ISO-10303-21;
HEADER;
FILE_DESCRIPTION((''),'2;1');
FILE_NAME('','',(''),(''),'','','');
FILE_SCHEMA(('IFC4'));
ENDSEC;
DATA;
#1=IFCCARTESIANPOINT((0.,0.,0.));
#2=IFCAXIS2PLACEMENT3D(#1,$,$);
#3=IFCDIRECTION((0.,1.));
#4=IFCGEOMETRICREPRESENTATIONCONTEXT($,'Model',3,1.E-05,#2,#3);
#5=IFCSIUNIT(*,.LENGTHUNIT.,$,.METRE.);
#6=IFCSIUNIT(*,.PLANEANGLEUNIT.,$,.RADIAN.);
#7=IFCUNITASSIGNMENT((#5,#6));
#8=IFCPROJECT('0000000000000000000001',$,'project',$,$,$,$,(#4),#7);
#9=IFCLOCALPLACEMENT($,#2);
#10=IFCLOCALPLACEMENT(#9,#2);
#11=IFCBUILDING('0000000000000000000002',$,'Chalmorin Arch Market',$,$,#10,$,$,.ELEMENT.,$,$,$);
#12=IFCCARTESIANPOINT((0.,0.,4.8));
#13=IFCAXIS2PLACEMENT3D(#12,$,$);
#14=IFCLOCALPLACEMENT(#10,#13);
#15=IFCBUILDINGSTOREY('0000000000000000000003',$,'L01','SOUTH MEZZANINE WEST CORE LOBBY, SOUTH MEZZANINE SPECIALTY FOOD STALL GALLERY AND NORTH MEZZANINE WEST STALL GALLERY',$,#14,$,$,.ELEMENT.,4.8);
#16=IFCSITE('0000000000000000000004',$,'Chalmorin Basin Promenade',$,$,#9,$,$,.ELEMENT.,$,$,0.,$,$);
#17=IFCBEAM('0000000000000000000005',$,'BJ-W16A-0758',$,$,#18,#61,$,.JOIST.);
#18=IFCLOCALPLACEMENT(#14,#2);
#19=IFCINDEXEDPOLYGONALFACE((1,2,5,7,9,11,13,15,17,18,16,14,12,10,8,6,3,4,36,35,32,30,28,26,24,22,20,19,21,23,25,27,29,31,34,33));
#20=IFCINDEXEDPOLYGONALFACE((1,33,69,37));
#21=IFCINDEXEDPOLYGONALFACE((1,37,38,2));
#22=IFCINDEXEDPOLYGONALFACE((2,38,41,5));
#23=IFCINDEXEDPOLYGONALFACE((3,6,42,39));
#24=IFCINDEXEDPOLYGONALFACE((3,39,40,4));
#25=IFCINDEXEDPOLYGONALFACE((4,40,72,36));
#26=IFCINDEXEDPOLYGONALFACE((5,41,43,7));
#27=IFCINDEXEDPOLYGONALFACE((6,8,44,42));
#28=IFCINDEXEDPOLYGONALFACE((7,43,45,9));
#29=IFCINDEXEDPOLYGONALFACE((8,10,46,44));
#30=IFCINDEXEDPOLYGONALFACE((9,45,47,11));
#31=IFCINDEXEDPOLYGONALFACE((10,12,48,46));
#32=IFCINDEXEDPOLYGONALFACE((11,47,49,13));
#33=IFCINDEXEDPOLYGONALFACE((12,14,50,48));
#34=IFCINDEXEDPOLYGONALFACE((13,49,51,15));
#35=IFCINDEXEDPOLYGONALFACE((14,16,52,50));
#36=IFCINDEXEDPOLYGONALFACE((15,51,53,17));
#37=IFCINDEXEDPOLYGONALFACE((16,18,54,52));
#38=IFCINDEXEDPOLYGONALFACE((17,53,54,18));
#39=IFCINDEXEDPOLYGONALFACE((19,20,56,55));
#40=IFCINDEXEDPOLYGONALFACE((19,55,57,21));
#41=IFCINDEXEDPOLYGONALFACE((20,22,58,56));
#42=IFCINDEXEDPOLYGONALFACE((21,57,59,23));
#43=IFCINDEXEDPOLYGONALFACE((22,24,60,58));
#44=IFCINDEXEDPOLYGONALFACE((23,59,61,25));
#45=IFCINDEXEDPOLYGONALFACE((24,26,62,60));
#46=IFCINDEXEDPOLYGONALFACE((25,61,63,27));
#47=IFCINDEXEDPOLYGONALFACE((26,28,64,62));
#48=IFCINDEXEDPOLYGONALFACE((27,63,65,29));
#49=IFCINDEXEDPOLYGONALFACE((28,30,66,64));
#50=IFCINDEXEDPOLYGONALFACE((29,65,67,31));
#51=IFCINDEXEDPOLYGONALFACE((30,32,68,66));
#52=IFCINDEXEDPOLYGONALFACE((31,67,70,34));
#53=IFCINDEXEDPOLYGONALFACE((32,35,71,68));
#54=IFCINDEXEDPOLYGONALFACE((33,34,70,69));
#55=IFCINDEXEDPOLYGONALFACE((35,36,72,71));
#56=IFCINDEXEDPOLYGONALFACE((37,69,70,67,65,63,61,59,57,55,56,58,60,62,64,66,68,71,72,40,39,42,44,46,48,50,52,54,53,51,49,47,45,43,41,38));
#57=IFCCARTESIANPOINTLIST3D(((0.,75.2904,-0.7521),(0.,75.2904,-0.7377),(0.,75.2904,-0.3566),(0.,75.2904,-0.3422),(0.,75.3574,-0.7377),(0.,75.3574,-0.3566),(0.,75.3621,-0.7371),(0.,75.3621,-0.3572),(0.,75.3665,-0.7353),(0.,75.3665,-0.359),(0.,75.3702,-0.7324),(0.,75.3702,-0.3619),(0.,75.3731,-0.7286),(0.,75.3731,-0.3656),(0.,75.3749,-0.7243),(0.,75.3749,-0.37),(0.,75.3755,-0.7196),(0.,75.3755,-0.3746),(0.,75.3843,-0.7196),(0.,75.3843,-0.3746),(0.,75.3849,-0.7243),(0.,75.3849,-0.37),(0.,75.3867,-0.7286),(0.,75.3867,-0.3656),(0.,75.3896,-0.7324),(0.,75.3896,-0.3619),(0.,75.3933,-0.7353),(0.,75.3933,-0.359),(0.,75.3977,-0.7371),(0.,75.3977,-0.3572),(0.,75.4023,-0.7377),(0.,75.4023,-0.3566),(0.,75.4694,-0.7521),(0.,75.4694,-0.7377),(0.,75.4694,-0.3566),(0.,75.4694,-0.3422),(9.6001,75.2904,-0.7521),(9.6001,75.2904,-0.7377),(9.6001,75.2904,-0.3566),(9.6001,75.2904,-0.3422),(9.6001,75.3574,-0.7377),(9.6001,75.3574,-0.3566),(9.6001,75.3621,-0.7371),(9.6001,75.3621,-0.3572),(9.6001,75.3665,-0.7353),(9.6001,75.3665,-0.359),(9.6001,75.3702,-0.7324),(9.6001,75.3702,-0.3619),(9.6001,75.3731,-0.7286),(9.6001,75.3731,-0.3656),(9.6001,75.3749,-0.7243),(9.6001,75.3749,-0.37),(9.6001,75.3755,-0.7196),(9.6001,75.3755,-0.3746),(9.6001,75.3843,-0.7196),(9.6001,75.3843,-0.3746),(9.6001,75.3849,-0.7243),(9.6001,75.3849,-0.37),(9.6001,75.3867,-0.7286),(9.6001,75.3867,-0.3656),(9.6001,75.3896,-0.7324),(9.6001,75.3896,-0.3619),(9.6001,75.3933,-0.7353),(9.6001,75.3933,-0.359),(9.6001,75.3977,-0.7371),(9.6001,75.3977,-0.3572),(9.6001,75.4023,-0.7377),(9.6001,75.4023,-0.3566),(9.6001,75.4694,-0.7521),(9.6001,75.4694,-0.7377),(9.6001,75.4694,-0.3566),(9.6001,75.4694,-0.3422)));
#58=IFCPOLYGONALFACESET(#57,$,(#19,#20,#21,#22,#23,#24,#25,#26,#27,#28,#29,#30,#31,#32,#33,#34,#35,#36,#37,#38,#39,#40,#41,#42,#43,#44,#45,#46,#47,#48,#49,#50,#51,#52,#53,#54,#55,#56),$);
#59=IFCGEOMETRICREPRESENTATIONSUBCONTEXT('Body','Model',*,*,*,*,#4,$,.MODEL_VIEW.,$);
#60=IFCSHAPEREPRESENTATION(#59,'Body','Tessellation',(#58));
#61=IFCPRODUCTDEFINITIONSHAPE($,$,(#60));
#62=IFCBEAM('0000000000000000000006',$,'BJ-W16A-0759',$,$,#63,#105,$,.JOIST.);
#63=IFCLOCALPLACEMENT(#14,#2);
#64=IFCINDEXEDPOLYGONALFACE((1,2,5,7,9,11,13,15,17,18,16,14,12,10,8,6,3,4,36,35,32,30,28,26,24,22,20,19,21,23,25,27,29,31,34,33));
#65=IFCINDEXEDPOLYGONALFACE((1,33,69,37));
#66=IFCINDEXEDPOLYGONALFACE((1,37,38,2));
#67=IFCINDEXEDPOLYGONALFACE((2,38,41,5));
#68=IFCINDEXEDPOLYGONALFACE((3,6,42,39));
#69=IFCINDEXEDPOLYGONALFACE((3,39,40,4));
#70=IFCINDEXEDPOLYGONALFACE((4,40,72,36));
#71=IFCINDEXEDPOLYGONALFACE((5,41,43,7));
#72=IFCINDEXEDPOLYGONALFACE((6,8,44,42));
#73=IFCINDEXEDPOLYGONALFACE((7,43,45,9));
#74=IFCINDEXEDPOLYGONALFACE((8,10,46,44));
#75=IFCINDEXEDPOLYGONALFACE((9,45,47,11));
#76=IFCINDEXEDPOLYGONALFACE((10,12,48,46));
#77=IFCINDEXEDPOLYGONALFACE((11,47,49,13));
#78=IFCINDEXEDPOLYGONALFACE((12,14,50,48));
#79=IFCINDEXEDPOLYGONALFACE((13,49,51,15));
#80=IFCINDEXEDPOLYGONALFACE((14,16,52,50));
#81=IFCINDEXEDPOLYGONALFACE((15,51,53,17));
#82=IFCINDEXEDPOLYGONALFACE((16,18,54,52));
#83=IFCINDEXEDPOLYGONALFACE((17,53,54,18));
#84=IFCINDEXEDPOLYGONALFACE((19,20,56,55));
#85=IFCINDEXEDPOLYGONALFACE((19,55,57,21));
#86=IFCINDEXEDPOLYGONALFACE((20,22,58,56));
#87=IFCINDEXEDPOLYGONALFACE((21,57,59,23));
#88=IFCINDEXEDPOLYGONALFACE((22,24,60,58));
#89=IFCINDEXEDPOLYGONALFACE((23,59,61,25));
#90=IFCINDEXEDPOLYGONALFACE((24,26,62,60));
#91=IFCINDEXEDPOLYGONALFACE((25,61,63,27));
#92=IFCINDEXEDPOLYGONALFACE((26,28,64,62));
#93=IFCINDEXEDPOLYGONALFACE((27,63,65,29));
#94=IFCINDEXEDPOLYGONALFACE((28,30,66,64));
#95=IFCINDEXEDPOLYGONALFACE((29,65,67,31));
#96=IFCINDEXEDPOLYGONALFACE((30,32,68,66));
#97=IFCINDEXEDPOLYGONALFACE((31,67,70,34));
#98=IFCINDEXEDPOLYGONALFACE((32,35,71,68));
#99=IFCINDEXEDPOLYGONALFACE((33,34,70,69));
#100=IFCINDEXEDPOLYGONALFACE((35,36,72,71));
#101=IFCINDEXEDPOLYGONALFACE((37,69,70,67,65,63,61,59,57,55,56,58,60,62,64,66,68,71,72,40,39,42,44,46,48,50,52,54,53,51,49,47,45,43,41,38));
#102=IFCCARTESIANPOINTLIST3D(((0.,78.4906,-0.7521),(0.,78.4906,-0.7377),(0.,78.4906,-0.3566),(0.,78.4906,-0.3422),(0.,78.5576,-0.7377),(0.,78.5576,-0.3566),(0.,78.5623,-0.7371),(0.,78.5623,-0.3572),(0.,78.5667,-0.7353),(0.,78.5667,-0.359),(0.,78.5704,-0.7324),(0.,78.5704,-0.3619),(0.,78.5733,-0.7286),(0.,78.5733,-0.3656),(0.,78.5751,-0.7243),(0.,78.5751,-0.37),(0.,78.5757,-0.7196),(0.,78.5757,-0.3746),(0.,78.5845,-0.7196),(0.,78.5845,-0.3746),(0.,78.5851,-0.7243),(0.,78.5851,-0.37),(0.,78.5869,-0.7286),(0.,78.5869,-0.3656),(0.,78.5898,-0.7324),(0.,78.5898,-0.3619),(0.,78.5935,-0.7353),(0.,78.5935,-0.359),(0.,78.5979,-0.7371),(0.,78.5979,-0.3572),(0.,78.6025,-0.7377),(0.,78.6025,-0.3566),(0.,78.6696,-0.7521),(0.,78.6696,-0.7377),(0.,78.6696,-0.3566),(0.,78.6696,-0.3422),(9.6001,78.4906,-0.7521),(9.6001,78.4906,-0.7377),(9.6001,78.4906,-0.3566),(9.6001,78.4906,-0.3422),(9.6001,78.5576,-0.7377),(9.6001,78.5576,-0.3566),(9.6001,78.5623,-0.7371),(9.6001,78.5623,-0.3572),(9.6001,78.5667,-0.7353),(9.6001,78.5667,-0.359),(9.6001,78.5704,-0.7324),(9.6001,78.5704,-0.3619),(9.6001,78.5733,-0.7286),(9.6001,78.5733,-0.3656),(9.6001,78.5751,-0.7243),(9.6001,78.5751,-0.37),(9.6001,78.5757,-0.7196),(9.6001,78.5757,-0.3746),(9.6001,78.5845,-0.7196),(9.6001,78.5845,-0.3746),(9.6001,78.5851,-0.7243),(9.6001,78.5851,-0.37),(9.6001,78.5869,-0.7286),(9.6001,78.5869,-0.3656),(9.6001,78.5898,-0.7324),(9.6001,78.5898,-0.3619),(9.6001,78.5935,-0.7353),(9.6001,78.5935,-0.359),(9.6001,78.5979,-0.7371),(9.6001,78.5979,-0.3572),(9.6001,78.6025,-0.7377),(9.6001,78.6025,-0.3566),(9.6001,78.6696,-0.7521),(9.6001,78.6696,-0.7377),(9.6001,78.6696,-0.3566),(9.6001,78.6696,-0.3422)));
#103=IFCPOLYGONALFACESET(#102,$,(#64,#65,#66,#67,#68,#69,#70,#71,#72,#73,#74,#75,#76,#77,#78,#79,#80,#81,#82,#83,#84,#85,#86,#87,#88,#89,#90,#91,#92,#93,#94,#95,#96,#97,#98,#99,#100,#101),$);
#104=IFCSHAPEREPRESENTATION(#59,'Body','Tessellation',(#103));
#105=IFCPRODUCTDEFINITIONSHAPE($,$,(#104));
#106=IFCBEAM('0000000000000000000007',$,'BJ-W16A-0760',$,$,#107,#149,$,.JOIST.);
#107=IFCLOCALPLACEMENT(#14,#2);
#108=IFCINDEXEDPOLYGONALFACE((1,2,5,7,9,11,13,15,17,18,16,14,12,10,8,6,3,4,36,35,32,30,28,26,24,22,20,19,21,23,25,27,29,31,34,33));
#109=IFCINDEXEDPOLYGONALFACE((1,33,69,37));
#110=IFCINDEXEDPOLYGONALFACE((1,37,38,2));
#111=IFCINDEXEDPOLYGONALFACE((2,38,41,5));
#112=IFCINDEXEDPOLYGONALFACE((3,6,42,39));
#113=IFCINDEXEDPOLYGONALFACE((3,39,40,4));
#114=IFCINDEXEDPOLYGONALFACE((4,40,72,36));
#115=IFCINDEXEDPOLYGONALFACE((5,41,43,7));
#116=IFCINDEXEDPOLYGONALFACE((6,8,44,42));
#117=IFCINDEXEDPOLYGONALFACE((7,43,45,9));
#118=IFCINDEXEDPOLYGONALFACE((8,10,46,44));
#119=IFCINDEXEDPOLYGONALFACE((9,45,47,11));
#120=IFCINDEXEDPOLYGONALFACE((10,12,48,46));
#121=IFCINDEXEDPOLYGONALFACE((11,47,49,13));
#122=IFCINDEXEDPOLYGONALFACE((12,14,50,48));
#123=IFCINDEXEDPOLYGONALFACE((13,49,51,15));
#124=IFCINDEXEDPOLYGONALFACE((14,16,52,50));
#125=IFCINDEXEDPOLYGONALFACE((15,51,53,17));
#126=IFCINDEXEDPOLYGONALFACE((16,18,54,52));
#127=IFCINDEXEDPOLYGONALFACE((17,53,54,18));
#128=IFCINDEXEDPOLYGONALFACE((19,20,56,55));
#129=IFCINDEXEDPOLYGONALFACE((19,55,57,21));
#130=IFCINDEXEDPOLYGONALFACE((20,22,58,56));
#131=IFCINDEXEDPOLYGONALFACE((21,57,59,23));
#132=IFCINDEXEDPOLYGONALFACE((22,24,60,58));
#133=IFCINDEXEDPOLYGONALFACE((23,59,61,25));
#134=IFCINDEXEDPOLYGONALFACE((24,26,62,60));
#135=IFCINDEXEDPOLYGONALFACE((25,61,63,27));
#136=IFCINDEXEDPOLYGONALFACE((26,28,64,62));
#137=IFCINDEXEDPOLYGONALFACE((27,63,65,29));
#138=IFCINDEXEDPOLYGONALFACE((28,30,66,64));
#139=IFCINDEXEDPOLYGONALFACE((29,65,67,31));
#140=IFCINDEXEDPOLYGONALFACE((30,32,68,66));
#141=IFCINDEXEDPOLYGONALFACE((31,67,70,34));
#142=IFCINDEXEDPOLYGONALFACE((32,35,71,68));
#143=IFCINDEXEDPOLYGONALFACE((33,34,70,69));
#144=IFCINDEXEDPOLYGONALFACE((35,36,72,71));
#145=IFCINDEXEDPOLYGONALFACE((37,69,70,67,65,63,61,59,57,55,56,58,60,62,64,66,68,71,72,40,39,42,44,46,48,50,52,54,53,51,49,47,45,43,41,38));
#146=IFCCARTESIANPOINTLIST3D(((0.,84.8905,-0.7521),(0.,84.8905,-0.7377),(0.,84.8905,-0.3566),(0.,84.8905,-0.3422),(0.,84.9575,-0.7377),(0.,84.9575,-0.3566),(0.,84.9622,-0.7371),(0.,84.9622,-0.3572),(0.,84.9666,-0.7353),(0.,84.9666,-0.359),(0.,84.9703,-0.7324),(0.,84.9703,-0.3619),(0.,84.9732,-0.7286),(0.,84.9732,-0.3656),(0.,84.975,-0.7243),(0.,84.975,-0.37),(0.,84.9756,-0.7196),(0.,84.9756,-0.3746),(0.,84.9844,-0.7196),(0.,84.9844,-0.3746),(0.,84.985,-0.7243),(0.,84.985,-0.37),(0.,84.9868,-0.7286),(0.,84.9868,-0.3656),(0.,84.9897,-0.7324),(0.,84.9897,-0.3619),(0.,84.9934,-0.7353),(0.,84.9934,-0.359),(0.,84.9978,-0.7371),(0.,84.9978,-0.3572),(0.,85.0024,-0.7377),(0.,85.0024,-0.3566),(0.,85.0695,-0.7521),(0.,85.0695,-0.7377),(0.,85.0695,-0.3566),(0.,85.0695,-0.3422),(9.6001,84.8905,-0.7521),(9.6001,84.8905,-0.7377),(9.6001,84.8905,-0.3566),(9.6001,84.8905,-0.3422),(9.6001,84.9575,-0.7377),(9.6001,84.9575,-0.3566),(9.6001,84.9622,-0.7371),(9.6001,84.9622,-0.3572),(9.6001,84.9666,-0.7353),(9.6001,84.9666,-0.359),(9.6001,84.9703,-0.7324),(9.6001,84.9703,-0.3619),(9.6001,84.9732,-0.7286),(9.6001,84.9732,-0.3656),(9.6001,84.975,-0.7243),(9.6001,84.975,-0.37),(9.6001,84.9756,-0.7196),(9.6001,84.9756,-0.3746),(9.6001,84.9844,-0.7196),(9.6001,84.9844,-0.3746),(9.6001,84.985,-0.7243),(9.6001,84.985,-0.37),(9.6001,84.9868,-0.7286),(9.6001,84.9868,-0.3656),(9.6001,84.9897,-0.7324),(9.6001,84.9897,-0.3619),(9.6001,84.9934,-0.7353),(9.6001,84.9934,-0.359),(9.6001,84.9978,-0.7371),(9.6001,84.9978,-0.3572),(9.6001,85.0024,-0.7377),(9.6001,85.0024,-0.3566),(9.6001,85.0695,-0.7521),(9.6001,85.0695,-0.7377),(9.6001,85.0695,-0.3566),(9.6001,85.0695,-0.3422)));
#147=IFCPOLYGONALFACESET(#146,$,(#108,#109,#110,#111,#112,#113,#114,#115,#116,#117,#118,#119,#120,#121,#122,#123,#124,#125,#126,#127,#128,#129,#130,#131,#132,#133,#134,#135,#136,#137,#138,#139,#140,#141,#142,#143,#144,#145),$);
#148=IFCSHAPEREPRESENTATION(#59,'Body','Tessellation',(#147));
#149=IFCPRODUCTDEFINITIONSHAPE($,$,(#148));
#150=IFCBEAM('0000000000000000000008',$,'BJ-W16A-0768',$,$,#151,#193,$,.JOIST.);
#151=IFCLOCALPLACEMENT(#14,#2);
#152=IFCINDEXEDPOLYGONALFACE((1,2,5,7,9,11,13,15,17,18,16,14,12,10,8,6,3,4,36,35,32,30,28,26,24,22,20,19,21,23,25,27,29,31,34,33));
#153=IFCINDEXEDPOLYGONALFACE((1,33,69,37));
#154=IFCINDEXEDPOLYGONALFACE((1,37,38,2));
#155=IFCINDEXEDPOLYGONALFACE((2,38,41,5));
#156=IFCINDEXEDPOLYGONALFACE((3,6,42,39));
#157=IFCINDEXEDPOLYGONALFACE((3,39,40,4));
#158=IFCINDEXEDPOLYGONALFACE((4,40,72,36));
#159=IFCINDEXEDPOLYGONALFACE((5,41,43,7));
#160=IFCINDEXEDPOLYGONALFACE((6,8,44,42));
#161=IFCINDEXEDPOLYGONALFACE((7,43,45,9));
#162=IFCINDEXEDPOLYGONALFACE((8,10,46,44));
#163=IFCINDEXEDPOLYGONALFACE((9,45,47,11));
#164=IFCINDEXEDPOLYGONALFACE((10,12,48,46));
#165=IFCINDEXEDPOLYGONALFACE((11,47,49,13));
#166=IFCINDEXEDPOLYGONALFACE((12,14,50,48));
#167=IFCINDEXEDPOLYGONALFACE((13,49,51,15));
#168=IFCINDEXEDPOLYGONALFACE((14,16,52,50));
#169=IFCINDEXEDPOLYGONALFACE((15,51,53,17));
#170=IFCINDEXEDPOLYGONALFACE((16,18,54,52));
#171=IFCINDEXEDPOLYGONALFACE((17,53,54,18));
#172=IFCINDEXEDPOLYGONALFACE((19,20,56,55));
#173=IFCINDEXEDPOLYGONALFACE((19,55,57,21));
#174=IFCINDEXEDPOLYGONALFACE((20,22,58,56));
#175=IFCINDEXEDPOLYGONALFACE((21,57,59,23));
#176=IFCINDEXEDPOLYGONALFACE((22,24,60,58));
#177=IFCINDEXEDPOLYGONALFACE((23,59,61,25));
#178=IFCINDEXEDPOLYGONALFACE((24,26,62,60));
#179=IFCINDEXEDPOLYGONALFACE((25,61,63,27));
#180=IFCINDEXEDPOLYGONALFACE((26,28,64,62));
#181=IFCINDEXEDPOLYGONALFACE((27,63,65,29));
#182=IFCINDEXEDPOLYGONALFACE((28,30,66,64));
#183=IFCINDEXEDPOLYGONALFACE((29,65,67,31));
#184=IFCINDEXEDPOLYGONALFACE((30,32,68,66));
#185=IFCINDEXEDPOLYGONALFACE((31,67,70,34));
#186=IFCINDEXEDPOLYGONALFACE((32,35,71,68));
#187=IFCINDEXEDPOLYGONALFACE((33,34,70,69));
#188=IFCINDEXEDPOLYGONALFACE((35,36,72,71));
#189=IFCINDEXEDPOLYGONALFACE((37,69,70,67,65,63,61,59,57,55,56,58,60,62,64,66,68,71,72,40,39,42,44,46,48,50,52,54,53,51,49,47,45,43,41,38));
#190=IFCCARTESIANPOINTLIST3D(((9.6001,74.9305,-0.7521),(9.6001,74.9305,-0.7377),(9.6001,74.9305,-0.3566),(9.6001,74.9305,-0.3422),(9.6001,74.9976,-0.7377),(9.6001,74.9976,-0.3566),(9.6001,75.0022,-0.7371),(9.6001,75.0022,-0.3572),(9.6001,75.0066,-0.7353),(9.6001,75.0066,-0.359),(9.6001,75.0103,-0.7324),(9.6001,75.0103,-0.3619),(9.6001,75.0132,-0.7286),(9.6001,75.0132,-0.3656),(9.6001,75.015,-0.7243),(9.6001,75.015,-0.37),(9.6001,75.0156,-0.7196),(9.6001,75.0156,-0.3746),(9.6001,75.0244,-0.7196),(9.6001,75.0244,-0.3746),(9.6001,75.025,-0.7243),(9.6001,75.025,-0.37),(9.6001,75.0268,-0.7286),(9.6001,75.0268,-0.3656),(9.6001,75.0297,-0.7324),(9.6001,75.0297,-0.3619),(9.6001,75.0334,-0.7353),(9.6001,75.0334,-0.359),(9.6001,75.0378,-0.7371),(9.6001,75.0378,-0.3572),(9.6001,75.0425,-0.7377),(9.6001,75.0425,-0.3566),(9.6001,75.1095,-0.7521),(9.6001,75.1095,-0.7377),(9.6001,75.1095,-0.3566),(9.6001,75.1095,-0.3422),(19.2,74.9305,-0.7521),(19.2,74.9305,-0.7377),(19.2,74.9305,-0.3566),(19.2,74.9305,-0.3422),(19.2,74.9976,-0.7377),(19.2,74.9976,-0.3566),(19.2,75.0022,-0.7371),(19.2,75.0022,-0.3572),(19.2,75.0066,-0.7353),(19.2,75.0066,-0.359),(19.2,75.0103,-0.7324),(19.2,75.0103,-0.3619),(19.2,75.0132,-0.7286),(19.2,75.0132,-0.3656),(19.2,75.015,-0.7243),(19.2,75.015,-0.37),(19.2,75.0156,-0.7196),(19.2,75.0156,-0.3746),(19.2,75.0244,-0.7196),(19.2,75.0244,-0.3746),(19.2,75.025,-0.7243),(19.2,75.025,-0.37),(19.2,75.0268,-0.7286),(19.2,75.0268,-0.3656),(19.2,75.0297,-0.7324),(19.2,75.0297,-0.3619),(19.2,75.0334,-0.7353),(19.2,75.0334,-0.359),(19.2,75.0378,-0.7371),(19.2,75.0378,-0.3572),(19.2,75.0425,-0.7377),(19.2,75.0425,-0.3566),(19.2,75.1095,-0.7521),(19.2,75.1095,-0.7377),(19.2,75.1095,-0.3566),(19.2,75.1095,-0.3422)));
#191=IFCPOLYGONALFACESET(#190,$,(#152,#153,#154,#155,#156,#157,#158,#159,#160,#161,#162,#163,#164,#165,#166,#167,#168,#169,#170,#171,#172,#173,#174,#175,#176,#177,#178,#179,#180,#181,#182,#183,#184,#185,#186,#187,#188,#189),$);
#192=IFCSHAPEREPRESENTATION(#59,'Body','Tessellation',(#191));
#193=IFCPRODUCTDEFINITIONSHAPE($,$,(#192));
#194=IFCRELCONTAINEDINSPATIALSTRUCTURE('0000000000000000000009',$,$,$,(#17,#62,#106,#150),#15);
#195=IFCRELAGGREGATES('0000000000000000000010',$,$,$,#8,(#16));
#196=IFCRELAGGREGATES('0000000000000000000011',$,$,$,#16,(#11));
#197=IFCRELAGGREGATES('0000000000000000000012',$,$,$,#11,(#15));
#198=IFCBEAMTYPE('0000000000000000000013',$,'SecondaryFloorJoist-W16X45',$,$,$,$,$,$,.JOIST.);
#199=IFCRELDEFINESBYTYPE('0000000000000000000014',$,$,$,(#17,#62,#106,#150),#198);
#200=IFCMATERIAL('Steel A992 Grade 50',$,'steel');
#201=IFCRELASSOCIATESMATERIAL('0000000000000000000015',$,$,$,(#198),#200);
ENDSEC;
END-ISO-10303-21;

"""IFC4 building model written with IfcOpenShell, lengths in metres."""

from ifc_helpers import new_model, si_unit, direction, frame, origin, origin_2d, place, context, subcontext, project, spatial, i_section, extrude, material, material_profile, profile_set, type_object, element, save


model = new_model("IFC4")

# Units and contexts
model_context = context("Model", 3, precision=1e-05, world=origin(), true_north=direction((0.0, 1.0)))
body_context = subcontext(model_context, "Body", "Model", "MODEL_VIEW")
ifc_project = project(units=[si_unit("LENGTHUNIT", "METRE"), si_unit("PLANEANGLEUNIT", "RADIAN")], contexts=[model_context])

# Site, building, storey
site_placement = place(None, origin())
site = spatial("IfcSite", under=ifc_project, at=site_placement, Name="Chalmorin Basin Promenade", CompositionType="ELEMENT", RefElevation=0.0)
building_placement = place(site_placement, origin())
building = spatial("IfcBuilding", under=site, at=building_placement, Name="Chalmorin Arch Market", CompositionType="ELEMENT")
storey_placement = place(building_placement, frame((0.0, 0.0, 4.8)))
storey = spatial("IfcBuildingStorey", under=building, at=storey_placement, Name="L01", Description="SOUTH MEZZANINE WEST CORE LOBBY, SOUTH MEZZANINE SPECIALTY FOOD STALL GALLERY AND NORTH MEZZANINE WEST STALL GALLERY", CompositionType="ELEMENT", Elevation=4.8)

# Beams
ifc_material_1 = material(Name="Steel A992 Grade 50", Category="steel")
ifc_material_profile_1 = material_profile(ifc_material_1, i_section(OverallWidth=0.179, OverallDepth=0.4099, WebThickness=0.0088, FlangeThickness=0.0144, FilletRadius=0.0181, at=origin_2d()), Name="W16X45")
ifc_profile_set_1 = profile_set([ifc_material_profile_1], Name="Steel A992 Grade 50")
beam_type_1 = type_object("IfcBeamType", Name="SecondaryFloorJoist-W16X45", PredefinedType="JOIST", material=ifc_profile_set_1)
for number, where, z_axis, x_axis, name in (
    (1, (0.0, 75.3799, -0.5471), (1.0, 0.0, 0.0), (0.0, 1.0, 0.0), "BJ-W16A-0758"),
    (2, (0.0, 78.5801, -0.5471), (1.0, 0.0, 0.0), (0.0, 1.0, 0.0), "BJ-W16A-0759"),
    (3, (0.0, 84.98, -0.5471), (1.0, 0.0, 0.0), (0.0, 1.0, 0.0), "BJ-W16A-0760"),
):
    element("IfcBeam", number, at=place(storey_placement, frame(where, z_axis=z_axis, x_axis=x_axis)), inside=storey, type_object=beam_type_1, Name=name, PredefinedType="JOIST", context=body_context, shape_type="SweptSolid", body=[
        extrude(i_section(OverallWidth=0.179, OverallDepth=0.4099, WebThickness=0.0088, FlangeThickness=0.0144, FilletRadius=0.0181, at=origin_2d()), origin(), (0.0, 0.0, 1.0), 9.6001),
    ])
for number, where, z_axis, x_axis, name in (
    (4, (9.6001, 75.02, -0.5471), (1.0, 0.0, 0.0), (0.0, 1.0, 0.0), "BJ-W16A-0768"),
):
    element("IfcBeam", number, at=place(storey_placement, frame(where, z_axis=z_axis, x_axis=x_axis)), inside=storey, type_object=beam_type_1, Name=name, PredefinedType="JOIST", context=body_context, shape_type="SweptSolid", body=[
        extrude(i_section(OverallWidth=0.179, OverallDepth=0.4099, WebThickness=0.0088, FlangeThickness=0.0144, FilletRadius=0.0181, at=origin_2d()), origin(), (0.0, 0.0, 1.0), 9.5999),
    ])

save(model, "model.ifc")
